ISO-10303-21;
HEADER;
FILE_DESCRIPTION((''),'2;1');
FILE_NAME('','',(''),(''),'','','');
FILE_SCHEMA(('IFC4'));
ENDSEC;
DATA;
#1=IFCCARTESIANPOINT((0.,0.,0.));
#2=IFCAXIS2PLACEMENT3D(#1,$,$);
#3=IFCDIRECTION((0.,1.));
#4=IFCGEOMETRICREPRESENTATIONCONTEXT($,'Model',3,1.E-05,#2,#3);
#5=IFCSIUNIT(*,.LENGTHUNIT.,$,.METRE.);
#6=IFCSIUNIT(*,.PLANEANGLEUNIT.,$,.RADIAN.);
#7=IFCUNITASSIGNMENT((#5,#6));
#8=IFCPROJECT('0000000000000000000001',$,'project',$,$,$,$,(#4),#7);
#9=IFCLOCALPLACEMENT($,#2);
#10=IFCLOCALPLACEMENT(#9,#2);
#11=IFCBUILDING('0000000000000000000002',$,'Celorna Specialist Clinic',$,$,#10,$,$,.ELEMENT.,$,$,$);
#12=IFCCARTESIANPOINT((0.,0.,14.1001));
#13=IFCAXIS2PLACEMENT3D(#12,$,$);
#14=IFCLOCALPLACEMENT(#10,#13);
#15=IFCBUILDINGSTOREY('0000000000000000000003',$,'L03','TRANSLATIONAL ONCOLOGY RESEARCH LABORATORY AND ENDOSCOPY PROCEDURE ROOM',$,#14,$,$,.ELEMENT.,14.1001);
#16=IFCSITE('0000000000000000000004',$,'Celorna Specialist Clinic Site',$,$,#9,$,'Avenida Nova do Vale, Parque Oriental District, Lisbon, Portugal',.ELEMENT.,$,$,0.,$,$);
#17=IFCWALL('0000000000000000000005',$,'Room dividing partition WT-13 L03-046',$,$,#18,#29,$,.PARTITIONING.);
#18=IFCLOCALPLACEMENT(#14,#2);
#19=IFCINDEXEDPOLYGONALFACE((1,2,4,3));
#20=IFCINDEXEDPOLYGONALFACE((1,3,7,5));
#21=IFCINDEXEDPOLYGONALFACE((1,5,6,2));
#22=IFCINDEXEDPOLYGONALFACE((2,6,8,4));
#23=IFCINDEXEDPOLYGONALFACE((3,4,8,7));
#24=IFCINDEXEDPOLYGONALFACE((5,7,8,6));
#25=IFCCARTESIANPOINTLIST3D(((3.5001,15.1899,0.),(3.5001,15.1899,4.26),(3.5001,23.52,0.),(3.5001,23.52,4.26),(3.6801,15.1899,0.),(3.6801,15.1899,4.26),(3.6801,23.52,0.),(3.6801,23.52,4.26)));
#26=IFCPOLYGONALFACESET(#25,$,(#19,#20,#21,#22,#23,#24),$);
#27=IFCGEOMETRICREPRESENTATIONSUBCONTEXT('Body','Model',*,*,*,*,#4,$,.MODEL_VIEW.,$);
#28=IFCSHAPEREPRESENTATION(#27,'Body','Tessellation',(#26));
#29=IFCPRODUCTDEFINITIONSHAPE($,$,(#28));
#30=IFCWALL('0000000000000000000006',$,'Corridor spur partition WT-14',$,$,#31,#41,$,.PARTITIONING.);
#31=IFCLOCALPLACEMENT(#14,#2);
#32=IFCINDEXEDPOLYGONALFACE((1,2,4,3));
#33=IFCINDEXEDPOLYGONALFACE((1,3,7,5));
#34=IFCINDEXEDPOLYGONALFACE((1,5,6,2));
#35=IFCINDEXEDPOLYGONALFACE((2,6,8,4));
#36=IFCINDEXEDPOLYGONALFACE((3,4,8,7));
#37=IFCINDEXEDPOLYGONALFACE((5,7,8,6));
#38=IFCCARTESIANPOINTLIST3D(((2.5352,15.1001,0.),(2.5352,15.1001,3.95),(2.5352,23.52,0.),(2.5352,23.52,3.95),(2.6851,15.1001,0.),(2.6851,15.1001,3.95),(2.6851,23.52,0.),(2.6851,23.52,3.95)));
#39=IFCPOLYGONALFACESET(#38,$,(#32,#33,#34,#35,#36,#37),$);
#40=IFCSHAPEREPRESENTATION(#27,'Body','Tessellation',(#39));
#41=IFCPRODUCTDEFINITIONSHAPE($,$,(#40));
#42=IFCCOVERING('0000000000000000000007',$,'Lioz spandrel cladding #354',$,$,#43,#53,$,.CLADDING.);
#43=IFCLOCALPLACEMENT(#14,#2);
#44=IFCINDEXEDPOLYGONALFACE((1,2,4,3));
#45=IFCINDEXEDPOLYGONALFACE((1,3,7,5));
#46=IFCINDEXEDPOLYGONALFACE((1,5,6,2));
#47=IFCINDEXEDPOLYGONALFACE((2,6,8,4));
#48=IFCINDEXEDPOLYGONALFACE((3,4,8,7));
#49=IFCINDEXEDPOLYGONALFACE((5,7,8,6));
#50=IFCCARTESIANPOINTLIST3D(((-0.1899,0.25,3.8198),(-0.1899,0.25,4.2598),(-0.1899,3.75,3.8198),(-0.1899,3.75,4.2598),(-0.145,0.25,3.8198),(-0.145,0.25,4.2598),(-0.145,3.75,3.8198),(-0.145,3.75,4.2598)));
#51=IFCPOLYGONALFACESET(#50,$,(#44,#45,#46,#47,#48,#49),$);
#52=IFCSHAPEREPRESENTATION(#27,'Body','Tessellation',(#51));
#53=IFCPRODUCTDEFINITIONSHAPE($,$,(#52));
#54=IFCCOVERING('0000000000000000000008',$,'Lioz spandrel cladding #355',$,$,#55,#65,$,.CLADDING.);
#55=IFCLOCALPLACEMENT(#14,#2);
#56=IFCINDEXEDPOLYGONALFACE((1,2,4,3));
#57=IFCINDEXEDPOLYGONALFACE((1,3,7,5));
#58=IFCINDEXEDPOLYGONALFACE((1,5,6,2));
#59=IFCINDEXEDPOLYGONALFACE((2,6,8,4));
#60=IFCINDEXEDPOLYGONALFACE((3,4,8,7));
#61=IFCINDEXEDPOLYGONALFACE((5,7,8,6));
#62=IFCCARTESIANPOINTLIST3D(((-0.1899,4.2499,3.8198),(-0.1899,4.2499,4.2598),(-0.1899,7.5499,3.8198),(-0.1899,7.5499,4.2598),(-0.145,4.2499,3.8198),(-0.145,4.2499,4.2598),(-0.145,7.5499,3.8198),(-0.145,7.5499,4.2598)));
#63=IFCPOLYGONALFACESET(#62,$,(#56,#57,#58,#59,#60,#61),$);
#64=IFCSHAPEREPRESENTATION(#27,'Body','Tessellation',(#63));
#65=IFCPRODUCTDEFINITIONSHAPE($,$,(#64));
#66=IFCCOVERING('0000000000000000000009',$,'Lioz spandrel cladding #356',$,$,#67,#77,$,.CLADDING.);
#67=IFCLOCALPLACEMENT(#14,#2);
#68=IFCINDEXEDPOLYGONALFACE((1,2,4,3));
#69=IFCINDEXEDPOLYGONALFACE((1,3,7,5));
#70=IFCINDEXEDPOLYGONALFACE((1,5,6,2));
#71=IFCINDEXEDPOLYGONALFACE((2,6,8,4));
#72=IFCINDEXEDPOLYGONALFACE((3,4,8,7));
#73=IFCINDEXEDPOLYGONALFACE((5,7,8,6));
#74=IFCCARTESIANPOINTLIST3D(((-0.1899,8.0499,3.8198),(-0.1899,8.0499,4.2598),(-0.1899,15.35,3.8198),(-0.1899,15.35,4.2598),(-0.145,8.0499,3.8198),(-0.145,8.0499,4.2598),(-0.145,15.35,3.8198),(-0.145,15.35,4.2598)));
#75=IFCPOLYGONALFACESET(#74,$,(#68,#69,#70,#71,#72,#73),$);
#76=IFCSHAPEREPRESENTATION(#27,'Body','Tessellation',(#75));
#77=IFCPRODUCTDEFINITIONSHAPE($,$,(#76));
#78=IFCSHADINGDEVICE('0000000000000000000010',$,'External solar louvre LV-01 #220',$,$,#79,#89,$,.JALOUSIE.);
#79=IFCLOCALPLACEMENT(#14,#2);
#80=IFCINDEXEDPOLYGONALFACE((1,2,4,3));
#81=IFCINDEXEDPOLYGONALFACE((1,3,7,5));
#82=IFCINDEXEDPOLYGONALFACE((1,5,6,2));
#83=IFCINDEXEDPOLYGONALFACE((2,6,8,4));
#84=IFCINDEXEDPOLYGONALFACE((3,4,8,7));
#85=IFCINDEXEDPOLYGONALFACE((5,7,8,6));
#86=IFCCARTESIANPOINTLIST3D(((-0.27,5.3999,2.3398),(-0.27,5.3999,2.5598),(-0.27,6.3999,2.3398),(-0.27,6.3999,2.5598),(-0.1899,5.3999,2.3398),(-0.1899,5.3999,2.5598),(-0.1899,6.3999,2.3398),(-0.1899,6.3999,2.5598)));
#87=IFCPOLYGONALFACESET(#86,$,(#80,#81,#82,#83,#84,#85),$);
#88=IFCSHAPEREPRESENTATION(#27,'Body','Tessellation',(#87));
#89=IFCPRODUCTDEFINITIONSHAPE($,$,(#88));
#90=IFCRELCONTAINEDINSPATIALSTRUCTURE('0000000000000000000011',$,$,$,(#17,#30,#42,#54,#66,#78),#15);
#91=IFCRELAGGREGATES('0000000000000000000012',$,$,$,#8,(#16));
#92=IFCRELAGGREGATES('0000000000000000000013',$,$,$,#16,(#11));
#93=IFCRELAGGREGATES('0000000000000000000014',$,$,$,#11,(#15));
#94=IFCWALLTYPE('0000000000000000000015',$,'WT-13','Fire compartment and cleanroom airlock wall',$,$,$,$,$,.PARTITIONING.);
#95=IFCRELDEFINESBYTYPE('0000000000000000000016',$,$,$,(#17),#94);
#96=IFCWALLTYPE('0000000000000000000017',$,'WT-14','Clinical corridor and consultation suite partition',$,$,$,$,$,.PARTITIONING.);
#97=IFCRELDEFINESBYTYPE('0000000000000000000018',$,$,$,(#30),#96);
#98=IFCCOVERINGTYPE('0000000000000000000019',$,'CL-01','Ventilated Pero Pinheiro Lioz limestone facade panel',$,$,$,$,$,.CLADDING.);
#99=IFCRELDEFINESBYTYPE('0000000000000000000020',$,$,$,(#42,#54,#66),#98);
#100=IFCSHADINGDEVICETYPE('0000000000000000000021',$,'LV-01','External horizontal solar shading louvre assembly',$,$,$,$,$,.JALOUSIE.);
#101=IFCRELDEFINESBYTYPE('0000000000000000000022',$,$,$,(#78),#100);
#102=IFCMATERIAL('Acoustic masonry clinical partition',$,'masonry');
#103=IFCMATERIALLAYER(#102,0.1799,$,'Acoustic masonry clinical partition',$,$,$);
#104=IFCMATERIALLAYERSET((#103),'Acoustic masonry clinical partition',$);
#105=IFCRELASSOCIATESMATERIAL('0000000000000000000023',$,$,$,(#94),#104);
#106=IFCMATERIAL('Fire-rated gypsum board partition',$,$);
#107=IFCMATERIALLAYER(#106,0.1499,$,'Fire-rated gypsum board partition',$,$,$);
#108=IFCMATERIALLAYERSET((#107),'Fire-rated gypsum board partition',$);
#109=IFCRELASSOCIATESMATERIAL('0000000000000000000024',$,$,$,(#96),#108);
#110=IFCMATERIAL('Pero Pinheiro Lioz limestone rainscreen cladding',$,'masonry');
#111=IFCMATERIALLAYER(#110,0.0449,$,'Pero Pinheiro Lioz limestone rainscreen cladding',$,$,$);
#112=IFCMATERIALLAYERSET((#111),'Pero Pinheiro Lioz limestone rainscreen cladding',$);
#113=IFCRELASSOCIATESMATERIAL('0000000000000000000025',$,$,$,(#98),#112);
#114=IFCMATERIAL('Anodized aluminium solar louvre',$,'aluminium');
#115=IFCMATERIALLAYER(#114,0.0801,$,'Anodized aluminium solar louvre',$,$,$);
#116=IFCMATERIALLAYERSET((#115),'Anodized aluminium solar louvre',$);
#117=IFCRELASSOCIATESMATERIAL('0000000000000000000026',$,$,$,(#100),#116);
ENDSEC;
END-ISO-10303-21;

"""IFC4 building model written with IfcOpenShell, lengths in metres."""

from ifc_helpers import new_model, si_unit, direction, frame, frame_2d, origin, origin_2d, place, context, subcontext, project, spatial, rectangle, extrude, material, layer, layer_set, type_object, element, save


model = new_model("IFC4")

# Units and contexts
model_context = context("Model", 3, precision=1e-05, world=origin(), true_north=direction((0.0, 1.0)))
body_context = subcontext(model_context, "Body", "Model", "MODEL_VIEW")
ifc_project = project(units=[si_unit("LENGTHUNIT", "METRE"), si_unit("PLANEANGLEUNIT", "RADIAN")], contexts=[model_context])

# Site, building, storey
site_placement = place(None, origin())
site = spatial("IfcSite", under=ifc_project, at=site_placement, Name="Celorna Specialist Clinic Site", LongName="Avenida Nova do Vale, Parque Oriental District, Lisbon, Portugal", CompositionType="ELEMENT", RefElevation=0.0)
building_placement = place(site_placement, origin())
building = spatial("IfcBuilding", under=site, at=building_placement, Name="Celorna Specialist Clinic", CompositionType="ELEMENT")
storey_placement = place(building_placement, frame((0.0, 0.0, 14.1001)))
storey = spatial("IfcBuildingStorey", under=building, at=storey_placement, Name="L03", Description="TRANSLATIONAL ONCOLOGY RESEARCH LABORATORY AND ENDOSCOPY PROCEDURE ROOM", CompositionType="ELEMENT", Elevation=14.1001)

# Shared definitions
ifc_material_1 = material(Name="Acoustic masonry clinical partition", Category="masonry")
ifc_layer_1 = layer(ifc_material_1, 0.1799, Name="Acoustic masonry clinical partition")
ifc_layer_set_1 = layer_set([ifc_layer_1], Name="Acoustic masonry clinical partition")
wall_type_1 = type_object("IfcWallType", Name="WT-13", Description="Fire compartment and cleanroom airlock wall", PredefinedType="PARTITIONING", material=ifc_layer_set_1)

# Walls
wall_1_placement = place(storey_placement, frame((3.5901, 15.1899, 0.0), z_axis=(0.0, 0.0, 1.0), x_axis=(0.0, 1.0, 0.0)))
element("IfcWall", 1, at=wall_1_placement, inside=storey, type_object=wall_type_1, Name="Room dividing partition WT-13 L03-046", PredefinedType="PARTITIONING", context=body_context, shape_type="SweptSolid", body=[
    extrude(rectangle(XDim=8.3301, YDim=0.1799, at=frame_2d((4.165, 0.0))), origin(), (0.0, 0.0, 1.0), 4.26),
])
ifc_material_2 = material(Name="Fire-rated gypsum board partition")
ifc_layer_2 = layer(ifc_material_2, 0.1499, Name="Fire-rated gypsum board partition")
ifc_layer_set_2 = layer_set([ifc_layer_2], Name="Fire-rated gypsum board partition")
wall_type_2 = type_object("IfcWallType", Name="WT-14", Description="Clinical corridor and consultation suite partition", PredefinedType="PARTITIONING", material=ifc_layer_set_2)
wall_2_placement = place(storey_placement, frame((2.6101, 15.1001, 0.0), z_axis=(0.0, 0.0, 1.0), x_axis=(0.0, 1.0, 0.0)))
element("IfcWall", 2, at=wall_2_placement, inside=storey, type_object=wall_type_2, Name="Corridor spur partition WT-14", PredefinedType="PARTITIONING", context=body_context, shape_type="SweptSolid", body=[
    extrude(rectangle(XDim=8.4199, YDim=0.1499, at=frame_2d((4.21, 0.0))), origin(), (0.0, 0.0, 1.0), 3.95),
])

# Coverings
ifc_material_3 = material(Name="Pero Pinheiro Lioz limestone rainscreen cladding", Category="masonry")
ifc_layer_3 = layer(ifc_material_3, 0.0449, Name="Pero Pinheiro Lioz limestone rainscreen cladding")
ifc_layer_set_3 = layer_set([ifc_layer_3], Name="Pero Pinheiro Lioz limestone rainscreen cladding")
covering_type = type_object("IfcCoveringType", Name="CL-01", Description="Ventilated Pero Pinheiro Lioz limestone facade panel", PredefinedType="CLADDING", material=ifc_layer_set_3)
covering_1_placement = place(storey_placement, frame((-0.1675, 2.0, 3.8198), z_axis=(0.0, 0.0, 1.0), x_axis=(0.0, 1.0, 0.0)))
element("IfcCovering", 3, at=covering_1_placement, inside=storey, type_object=covering_type, Name="Lioz spandrel cladding #354", PredefinedType="CLADDING", context=body_context, shape_type="SweptSolid", body=[
    extrude(rectangle(XDim=3.5, YDim=0.0449, at=origin_2d()), origin(), (0.0, 0.0, 1.0), 0.4399),
])
covering_2_placement = place(storey_placement, frame((-0.1675, 5.8999, 3.8198), z_axis=(0.0, 0.0, 1.0), x_axis=(0.0, 1.0, 0.0)))
element("IfcCovering", 4, at=covering_2_placement, inside=storey, type_object=covering_type, Name="Lioz spandrel cladding #355", PredefinedType="CLADDING", context=body_context, shape_type="SweptSolid", body=[
    extrude(rectangle(XDim=3.3, YDim=0.0449, at=origin_2d()), origin(), (0.0, 0.0, 1.0), 0.4399),
])
covering_3_placement = place(storey_placement, frame((-0.1675, 11.7, 3.8198), z_axis=(0.0, 0.0, 1.0), x_axis=(0.0, 1.0, 0.0)))
element("IfcCovering", 5, at=covering_3_placement, inside=storey, type_object=covering_type, Name="Lioz spandrel cladding #356", PredefinedType="CLADDING", context=body_context, shape_type="SweptSolid", body=[
    extrude(rectangle(XDim=7.3, YDim=0.0449, at=origin_2d()), origin(), (0.0, 0.0, 1.0), 0.4399),
])

# Shading device
ifc_material_4 = material(Name="Anodized aluminium solar louvre", Category="aluminium")
ifc_layer_4 = layer(ifc_material_4, 0.0801, Name="Anodized aluminium solar louvre")
ifc_layer_set_4 = layer_set([ifc_layer_4], Name="Anodized aluminium solar louvre")
shading_device_type = type_object("IfcShadingDeviceType", Name="LV-01", Description="External horizontal solar shading louvre assembly", PredefinedType="JALOUSIE", material=ifc_layer_set_4)
shading_device_placement = place(storey_placement, frame((-0.23, 5.8999, 2.3398), z_axis=(0.0, 0.0, 1.0), x_axis=(0.0, 1.0, 0.0)))
element("IfcShadingDevice", 6, at=shading_device_placement, inside=storey, type_object=shading_device_type, Name="External solar louvre LV-01 #220", PredefinedType="JALOUSIE", context=body_context, shape_type="SweptSolid", body=[
    extrude(rectangle(XDim=1.0, YDim=0.0801, at=origin_2d()), origin(), (0.0, 0.0, 1.0), 0.22),
])

save(model, "model.ifc")
